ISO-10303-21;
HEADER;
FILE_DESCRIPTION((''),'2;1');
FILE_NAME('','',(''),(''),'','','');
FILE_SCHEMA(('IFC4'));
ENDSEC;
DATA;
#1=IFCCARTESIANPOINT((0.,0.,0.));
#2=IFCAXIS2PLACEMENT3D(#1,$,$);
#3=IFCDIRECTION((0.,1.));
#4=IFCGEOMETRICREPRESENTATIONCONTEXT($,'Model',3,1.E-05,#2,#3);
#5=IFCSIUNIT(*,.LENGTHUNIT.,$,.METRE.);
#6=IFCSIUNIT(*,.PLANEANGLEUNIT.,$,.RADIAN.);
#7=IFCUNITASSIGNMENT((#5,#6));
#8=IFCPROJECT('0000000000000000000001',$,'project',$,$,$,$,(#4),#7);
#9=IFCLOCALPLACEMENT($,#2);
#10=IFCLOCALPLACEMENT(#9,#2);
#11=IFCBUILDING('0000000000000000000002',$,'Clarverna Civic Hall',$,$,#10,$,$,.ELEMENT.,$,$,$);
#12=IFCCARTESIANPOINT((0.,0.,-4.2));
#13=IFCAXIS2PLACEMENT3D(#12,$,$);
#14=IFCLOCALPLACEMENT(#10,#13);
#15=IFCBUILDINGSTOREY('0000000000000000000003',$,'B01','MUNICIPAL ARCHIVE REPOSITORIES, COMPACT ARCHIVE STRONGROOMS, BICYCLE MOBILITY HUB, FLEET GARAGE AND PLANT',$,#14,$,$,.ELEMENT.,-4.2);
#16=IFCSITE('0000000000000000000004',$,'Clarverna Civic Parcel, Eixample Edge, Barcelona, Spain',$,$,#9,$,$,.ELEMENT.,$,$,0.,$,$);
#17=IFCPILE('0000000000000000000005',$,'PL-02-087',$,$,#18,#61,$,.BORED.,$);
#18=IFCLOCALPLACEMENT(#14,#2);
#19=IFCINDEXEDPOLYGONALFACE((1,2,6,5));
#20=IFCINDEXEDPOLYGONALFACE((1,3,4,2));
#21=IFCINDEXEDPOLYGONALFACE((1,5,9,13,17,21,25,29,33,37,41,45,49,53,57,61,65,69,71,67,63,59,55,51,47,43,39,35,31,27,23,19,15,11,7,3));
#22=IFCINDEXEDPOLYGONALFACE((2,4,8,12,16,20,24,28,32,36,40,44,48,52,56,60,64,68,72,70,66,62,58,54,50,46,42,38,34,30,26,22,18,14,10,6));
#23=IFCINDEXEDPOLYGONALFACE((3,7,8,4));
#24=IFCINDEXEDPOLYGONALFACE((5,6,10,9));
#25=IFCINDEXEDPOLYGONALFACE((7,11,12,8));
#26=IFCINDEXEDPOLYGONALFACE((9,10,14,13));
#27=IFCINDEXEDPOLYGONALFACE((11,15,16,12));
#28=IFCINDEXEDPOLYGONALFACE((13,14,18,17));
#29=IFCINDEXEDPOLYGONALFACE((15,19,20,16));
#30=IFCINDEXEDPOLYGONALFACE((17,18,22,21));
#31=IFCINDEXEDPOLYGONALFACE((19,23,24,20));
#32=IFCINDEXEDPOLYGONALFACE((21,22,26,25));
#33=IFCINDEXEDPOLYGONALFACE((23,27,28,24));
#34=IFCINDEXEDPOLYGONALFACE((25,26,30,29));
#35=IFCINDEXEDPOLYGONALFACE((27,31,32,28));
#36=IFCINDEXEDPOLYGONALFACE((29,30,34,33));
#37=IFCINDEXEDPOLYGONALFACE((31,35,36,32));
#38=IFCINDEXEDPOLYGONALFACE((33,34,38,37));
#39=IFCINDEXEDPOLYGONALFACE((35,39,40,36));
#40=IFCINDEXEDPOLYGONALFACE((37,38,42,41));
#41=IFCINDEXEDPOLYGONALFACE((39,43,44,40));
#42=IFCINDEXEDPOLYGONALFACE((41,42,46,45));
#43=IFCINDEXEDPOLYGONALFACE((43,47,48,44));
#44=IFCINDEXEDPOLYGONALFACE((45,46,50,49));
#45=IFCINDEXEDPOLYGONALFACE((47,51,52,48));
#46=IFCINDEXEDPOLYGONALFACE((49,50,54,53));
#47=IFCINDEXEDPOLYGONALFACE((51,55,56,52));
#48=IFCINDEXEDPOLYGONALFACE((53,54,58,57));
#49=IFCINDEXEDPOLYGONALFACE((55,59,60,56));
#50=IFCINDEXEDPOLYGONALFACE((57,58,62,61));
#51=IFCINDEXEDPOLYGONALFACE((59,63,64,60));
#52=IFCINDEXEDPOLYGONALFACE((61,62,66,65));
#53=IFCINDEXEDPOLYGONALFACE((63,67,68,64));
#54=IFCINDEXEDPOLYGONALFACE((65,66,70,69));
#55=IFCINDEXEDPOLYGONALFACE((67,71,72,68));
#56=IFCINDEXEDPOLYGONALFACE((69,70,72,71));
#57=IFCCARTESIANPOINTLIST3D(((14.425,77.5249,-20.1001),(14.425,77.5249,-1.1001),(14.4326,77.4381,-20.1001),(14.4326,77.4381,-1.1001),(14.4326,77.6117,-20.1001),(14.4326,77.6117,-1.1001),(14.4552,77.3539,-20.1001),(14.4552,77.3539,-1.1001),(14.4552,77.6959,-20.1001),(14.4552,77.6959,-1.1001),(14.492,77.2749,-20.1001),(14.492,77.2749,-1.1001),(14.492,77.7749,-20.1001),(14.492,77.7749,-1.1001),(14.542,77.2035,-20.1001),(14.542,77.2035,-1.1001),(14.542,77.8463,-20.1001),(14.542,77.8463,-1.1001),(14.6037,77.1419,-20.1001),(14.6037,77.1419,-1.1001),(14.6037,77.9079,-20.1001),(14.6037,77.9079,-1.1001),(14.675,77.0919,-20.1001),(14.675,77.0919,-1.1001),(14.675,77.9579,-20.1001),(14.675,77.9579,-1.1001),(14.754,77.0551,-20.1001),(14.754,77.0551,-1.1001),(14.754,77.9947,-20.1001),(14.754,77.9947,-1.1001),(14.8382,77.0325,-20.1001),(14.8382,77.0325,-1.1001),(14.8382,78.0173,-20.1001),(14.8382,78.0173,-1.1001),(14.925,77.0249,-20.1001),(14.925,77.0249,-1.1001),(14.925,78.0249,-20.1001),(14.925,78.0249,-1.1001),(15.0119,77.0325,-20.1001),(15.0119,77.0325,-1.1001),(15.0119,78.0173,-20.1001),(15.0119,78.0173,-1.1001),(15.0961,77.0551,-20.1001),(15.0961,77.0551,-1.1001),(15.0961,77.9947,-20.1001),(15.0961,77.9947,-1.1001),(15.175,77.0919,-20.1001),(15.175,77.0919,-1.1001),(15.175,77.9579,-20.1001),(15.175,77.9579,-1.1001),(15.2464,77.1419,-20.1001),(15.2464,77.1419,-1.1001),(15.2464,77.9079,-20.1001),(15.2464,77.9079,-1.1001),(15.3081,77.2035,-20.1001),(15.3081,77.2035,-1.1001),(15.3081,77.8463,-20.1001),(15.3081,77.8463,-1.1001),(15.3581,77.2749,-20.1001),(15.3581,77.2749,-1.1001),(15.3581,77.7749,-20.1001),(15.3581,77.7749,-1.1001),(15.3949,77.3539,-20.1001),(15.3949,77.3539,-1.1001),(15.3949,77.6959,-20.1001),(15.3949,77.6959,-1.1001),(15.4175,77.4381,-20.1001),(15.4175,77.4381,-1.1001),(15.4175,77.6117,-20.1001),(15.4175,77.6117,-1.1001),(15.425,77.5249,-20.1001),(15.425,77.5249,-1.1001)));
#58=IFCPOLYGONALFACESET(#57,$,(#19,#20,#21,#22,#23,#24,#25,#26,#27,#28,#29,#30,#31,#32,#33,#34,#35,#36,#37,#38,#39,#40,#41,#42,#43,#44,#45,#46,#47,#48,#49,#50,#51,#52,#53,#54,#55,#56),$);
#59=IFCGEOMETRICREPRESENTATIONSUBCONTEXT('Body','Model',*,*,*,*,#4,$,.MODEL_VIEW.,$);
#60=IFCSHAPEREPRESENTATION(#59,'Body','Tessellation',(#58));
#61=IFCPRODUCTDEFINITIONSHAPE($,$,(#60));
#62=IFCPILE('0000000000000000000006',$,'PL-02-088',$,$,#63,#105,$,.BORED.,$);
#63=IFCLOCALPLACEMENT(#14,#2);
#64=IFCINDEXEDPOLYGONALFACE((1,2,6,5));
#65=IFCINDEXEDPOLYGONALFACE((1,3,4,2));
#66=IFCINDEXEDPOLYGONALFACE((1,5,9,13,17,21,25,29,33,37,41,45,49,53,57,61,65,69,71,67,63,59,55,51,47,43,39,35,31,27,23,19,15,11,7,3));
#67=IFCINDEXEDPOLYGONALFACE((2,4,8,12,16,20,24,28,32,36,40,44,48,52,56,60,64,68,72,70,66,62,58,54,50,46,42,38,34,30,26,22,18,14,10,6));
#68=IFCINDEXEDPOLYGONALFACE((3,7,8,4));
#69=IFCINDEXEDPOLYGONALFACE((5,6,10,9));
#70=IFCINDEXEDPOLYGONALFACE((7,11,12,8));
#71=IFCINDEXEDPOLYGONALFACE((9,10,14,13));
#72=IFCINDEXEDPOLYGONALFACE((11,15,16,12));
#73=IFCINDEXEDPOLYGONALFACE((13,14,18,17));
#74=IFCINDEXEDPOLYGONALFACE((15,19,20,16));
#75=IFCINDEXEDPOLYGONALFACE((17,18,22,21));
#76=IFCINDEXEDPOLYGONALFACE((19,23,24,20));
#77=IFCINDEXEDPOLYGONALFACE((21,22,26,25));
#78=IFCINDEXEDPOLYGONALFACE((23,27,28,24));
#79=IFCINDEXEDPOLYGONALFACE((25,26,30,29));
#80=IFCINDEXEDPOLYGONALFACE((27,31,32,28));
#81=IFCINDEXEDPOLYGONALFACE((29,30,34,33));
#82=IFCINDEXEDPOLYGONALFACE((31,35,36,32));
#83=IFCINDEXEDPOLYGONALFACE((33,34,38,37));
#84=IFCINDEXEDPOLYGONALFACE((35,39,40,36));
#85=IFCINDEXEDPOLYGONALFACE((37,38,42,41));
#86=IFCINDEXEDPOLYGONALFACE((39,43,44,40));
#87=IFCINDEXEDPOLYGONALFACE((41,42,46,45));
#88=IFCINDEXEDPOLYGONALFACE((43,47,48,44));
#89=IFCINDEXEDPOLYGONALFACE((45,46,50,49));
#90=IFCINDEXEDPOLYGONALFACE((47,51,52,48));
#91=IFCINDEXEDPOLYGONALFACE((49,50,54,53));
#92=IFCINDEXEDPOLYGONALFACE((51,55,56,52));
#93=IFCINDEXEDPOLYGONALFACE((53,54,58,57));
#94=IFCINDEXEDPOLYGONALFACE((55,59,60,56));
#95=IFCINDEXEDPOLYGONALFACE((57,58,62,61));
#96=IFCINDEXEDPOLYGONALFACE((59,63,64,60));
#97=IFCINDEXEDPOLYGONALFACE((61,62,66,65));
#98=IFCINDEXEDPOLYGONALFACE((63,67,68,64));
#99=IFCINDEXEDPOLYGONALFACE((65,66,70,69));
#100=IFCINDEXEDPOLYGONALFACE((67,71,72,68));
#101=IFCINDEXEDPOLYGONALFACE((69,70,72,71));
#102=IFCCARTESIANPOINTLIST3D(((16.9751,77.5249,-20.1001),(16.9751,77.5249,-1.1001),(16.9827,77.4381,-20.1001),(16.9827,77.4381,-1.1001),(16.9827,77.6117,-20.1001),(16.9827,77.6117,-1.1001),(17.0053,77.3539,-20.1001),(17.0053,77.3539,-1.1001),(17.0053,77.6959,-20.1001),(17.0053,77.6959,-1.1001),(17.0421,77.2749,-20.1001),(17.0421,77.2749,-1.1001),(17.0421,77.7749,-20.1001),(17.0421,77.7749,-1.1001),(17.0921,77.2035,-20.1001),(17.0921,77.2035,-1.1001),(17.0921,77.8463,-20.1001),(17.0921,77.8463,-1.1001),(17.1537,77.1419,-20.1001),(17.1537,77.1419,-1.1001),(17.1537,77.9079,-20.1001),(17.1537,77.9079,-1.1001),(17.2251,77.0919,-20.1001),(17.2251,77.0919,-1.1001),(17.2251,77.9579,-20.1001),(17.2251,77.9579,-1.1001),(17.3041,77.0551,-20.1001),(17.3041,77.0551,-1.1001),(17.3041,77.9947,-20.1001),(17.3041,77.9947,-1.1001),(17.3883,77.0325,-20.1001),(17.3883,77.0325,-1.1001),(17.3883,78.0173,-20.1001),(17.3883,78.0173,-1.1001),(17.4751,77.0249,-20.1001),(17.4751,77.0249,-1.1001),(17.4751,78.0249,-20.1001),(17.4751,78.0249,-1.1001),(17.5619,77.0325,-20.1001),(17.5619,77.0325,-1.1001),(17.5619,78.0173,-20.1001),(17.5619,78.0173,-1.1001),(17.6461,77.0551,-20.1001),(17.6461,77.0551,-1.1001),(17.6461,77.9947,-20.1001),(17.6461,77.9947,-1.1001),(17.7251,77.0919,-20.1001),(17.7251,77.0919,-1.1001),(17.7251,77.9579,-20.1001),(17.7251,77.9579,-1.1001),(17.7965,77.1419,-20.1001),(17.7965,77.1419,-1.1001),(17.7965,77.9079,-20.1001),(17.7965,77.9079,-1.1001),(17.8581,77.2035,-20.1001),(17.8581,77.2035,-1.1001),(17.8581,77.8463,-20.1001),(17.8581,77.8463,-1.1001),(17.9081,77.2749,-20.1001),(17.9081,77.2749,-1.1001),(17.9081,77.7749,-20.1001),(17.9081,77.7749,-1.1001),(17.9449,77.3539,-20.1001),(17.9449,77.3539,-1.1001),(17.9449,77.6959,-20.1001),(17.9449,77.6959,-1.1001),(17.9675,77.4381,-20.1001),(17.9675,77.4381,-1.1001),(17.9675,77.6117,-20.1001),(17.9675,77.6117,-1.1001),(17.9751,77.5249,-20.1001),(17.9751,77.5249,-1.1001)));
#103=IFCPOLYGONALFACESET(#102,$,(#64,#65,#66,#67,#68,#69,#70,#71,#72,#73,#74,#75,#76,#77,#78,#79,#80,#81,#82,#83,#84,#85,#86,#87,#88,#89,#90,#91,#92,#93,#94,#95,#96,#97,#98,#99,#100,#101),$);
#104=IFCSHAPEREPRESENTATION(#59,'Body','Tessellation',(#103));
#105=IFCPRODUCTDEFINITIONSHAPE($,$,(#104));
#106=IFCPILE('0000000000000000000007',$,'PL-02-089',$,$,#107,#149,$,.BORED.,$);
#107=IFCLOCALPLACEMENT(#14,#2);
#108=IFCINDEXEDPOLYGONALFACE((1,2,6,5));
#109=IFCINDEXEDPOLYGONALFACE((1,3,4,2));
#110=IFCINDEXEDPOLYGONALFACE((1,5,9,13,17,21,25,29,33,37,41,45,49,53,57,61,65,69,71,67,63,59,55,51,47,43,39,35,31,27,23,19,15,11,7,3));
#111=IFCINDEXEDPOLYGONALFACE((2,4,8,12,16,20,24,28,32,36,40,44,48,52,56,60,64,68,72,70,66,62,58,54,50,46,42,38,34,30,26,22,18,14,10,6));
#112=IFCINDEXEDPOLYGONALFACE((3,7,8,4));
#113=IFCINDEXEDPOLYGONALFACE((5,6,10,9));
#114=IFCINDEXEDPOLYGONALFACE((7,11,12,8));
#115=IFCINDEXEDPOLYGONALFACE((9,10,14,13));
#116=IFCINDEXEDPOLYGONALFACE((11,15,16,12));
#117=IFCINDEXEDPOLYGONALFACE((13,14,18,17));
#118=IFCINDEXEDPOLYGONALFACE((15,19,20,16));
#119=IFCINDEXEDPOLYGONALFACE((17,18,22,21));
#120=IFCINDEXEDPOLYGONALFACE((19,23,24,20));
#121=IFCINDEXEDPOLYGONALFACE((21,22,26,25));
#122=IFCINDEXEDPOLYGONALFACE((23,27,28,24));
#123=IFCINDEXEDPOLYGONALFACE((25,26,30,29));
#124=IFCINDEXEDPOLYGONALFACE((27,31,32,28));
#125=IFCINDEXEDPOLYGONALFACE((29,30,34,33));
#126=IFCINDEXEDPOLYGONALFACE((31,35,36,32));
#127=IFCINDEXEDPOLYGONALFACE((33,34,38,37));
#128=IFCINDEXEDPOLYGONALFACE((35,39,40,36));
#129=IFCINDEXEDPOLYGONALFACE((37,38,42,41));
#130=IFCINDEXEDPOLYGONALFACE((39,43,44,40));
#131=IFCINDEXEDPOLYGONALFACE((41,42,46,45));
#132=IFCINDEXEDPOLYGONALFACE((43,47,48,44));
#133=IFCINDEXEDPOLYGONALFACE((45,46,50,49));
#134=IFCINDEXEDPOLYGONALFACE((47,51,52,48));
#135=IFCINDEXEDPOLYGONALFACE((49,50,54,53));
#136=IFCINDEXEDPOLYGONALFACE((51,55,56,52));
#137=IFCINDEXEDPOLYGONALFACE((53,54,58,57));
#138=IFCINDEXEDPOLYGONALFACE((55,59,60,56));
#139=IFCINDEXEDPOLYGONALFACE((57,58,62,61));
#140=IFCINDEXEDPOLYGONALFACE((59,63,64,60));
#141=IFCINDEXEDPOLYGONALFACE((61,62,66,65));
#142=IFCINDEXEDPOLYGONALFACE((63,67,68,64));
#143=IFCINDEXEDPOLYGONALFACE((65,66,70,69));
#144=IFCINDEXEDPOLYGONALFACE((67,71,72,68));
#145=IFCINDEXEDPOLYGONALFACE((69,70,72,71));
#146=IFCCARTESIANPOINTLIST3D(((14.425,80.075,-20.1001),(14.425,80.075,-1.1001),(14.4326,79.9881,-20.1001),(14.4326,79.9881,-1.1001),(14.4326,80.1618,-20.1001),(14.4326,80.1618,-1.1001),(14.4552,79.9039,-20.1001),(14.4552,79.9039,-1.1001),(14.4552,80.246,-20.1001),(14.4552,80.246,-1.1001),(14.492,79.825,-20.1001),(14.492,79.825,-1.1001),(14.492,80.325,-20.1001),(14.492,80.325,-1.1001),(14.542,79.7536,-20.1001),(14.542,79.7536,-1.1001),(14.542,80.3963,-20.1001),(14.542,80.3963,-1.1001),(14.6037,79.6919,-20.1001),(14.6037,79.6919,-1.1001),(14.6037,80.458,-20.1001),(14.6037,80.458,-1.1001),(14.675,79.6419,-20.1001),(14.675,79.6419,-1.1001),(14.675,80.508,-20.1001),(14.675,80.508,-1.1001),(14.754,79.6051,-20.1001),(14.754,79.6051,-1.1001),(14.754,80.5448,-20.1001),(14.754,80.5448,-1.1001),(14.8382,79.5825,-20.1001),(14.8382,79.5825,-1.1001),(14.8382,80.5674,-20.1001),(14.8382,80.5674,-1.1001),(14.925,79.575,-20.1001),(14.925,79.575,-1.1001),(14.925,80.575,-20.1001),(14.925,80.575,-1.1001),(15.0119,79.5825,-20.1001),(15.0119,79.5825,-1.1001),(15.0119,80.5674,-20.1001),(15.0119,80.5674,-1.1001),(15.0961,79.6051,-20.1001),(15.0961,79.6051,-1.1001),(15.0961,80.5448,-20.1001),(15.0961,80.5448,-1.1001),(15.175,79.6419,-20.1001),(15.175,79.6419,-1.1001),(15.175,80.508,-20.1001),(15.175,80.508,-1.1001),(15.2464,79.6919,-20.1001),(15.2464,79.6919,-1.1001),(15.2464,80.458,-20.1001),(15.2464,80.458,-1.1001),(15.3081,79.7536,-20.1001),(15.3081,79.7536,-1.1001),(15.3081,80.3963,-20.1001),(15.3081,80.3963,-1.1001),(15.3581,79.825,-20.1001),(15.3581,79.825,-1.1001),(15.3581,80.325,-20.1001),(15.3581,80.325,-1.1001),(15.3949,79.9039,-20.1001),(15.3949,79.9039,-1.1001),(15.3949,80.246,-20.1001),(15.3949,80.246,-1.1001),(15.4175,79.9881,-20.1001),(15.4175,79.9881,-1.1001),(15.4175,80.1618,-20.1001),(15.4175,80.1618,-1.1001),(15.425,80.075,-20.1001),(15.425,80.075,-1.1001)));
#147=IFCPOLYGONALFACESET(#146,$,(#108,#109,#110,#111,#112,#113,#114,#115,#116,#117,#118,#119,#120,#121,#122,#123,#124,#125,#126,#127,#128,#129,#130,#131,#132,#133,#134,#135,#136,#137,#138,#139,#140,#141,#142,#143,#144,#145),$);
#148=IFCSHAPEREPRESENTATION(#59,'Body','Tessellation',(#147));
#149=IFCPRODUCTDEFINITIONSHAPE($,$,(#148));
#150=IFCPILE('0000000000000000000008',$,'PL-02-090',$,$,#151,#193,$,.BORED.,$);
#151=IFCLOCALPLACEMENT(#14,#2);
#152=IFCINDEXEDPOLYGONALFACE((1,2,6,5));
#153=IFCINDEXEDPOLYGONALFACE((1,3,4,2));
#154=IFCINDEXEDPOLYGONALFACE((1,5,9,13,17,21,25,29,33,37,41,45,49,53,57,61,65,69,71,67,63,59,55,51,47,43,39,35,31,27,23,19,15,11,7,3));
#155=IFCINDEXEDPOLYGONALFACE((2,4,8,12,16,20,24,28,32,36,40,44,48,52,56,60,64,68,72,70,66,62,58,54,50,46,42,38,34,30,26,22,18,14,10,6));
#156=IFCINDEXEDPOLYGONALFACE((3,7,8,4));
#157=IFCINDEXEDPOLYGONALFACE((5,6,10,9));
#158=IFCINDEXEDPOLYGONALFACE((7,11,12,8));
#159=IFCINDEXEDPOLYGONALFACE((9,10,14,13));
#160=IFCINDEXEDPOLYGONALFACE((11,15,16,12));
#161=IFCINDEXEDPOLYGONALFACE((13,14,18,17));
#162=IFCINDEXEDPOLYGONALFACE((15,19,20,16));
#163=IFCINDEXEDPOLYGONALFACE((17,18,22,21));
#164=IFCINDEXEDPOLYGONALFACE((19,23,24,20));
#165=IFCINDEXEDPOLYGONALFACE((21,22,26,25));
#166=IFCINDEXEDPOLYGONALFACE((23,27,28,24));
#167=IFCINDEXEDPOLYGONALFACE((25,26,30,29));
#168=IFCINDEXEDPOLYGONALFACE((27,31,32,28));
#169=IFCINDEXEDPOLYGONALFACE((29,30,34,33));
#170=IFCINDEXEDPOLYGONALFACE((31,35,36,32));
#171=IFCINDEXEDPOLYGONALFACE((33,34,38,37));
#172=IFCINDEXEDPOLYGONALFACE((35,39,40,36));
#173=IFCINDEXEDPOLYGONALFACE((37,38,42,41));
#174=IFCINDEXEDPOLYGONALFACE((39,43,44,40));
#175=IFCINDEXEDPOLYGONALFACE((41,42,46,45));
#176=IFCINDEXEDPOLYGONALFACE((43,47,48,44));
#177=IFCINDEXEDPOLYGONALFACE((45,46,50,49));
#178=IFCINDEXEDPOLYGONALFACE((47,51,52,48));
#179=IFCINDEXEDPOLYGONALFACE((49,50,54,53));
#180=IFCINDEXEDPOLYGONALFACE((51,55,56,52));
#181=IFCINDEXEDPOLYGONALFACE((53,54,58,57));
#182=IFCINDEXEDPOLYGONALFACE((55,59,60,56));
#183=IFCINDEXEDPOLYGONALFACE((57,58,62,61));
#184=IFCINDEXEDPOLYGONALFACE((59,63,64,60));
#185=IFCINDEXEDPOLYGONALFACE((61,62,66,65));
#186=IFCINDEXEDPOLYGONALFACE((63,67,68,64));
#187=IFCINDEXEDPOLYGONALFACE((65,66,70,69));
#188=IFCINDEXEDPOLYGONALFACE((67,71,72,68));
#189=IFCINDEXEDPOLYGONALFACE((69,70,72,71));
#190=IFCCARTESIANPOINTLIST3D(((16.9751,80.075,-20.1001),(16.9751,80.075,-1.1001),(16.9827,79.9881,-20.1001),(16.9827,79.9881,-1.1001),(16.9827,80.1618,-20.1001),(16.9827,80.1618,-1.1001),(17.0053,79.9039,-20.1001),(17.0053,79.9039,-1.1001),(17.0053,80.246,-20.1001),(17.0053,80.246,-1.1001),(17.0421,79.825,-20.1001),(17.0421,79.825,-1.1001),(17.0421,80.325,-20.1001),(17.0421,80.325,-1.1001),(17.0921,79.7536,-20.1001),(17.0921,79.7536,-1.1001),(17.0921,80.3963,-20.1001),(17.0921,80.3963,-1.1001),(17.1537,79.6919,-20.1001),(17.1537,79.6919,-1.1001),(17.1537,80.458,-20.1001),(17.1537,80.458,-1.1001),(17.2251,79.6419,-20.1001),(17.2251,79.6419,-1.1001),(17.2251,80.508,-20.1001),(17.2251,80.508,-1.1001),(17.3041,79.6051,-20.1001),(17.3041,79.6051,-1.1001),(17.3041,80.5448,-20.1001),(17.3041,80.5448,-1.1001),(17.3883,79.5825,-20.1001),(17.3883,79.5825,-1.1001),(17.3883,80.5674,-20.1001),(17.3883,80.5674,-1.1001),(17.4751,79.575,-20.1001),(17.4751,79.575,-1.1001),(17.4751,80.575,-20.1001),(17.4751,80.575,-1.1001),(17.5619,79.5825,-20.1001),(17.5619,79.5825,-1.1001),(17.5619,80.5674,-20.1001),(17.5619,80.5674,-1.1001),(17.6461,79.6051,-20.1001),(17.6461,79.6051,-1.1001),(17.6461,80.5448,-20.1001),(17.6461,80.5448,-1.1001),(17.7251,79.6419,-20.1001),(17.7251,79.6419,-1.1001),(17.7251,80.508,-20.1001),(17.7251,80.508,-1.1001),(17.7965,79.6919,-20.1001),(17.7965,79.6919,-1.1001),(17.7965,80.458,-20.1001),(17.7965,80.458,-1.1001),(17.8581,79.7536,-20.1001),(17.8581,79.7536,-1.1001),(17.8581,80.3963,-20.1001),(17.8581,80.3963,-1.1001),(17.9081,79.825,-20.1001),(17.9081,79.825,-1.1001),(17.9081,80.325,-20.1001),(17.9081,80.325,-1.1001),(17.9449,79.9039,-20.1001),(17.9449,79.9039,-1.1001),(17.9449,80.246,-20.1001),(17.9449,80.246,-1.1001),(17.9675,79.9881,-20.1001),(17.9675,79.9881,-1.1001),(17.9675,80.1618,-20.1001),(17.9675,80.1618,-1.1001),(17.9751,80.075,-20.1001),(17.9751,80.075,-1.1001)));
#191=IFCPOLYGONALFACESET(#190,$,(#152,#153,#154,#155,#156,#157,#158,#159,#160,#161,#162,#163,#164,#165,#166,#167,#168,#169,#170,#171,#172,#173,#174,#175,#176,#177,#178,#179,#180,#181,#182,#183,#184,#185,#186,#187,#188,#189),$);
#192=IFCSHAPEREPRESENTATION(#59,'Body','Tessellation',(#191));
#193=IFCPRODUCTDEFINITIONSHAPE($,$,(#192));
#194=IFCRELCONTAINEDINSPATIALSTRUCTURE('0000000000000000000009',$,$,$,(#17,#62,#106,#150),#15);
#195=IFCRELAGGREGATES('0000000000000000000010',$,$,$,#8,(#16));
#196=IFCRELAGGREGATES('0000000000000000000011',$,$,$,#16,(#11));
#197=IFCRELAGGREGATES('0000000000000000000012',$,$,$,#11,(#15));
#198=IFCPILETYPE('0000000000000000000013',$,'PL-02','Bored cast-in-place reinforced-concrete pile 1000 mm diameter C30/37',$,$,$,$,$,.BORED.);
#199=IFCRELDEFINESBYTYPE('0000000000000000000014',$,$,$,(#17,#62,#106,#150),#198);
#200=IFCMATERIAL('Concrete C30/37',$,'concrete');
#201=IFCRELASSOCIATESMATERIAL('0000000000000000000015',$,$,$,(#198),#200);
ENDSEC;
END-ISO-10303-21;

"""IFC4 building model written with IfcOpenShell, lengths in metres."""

from ifc_helpers import new_model, si_unit, direction, frame, origin, origin_2d, place, context, subcontext, project, spatial, circle, extrude, material, material_profile, profile_set, type_object, element, save


model = new_model("IFC4")

# Units and contexts
model_context = context("Model", 3, precision=1e-05, world=origin(), true_north=direction((0.0, 1.0)))
body_context = subcontext(model_context, "Body", "Model", "MODEL_VIEW")
ifc_project = project(units=[si_unit("LENGTHUNIT", "METRE"), si_unit("PLANEANGLEUNIT", "RADIAN")], contexts=[model_context])

# Site, building, storey
site_placement = place(None, origin())
site = spatial("IfcSite", under=ifc_project, at=site_placement, Name="Clarverna Civic Parcel, Eixample Edge, Barcelona, Spain", CompositionType="ELEMENT", RefElevation=0.0)
building_placement = place(site_placement, origin())
building = spatial("IfcBuilding", under=site, at=building_placement, Name="Clarverna Civic Hall", CompositionType="ELEMENT")
storey_placement = place(building_placement, frame((0.0, 0.0, -4.2)))
storey = spatial("IfcBuildingStorey", under=building, at=storey_placement, Name="B01", Description="MUNICIPAL ARCHIVE REPOSITORIES, COMPACT ARCHIVE STRONGROOMS, BICYCLE MOBILITY HUB, FLEET GARAGE AND PLANT", CompositionType="ELEMENT", Elevation=-4.2)

# Shared definitions
ifc_material_1 = material(Name="Concrete C30/37", Category="concrete")

# Piles
ifc_material_profile_1 = material_profile(ifc_material_1, circle(Radius=0.5, at=origin_2d()), Name="BORED PILE D1000")
ifc_profile_set_1 = profile_set([ifc_material_profile_1], Name="Concrete C30/37")
pile_type_1 = type_object("IfcPileType", Name="PL-02", Description="Bored cast-in-place reinforced-concrete pile 1000 mm diameter C30/37", PredefinedType="BORED", material=ifc_profile_set_1)
for number, where, z_axis, x_axis, name in (
    (1, (14.925, 77.5249, -1.1001), (0.0, 0.0, -1.0), (1.0, 0.0, 0.0), "PL-02-087"),
    (2, (17.4751, 77.5249, -1.1001), (0.0, 0.0, -1.0), (1.0, 0.0, 0.0), "PL-02-088"),
    (3, (14.925, 80.075, -1.1001), (0.0, 0.0, -1.0), (1.0, 0.0, 0.0), "PL-02-089"),
    (4, (17.4751, 80.075, -1.1001), (0.0, 0.0, -1.0), (1.0, 0.0, 0.0), "PL-02-090"),
):
    element("IfcPile", number, at=place(storey_placement, frame(where, z_axis=z_axis, x_axis=x_axis)), inside=storey, type_object=pile_type_1, Name=name, PredefinedType="BORED", context=body_context, shape_type="SweptSolid", body=[
        extrude(circle(Radius=0.5, at=origin_2d()), origin(), (0.0, 0.0, 1.0), 19.0),
    ])

save(model, "model.ifc")
